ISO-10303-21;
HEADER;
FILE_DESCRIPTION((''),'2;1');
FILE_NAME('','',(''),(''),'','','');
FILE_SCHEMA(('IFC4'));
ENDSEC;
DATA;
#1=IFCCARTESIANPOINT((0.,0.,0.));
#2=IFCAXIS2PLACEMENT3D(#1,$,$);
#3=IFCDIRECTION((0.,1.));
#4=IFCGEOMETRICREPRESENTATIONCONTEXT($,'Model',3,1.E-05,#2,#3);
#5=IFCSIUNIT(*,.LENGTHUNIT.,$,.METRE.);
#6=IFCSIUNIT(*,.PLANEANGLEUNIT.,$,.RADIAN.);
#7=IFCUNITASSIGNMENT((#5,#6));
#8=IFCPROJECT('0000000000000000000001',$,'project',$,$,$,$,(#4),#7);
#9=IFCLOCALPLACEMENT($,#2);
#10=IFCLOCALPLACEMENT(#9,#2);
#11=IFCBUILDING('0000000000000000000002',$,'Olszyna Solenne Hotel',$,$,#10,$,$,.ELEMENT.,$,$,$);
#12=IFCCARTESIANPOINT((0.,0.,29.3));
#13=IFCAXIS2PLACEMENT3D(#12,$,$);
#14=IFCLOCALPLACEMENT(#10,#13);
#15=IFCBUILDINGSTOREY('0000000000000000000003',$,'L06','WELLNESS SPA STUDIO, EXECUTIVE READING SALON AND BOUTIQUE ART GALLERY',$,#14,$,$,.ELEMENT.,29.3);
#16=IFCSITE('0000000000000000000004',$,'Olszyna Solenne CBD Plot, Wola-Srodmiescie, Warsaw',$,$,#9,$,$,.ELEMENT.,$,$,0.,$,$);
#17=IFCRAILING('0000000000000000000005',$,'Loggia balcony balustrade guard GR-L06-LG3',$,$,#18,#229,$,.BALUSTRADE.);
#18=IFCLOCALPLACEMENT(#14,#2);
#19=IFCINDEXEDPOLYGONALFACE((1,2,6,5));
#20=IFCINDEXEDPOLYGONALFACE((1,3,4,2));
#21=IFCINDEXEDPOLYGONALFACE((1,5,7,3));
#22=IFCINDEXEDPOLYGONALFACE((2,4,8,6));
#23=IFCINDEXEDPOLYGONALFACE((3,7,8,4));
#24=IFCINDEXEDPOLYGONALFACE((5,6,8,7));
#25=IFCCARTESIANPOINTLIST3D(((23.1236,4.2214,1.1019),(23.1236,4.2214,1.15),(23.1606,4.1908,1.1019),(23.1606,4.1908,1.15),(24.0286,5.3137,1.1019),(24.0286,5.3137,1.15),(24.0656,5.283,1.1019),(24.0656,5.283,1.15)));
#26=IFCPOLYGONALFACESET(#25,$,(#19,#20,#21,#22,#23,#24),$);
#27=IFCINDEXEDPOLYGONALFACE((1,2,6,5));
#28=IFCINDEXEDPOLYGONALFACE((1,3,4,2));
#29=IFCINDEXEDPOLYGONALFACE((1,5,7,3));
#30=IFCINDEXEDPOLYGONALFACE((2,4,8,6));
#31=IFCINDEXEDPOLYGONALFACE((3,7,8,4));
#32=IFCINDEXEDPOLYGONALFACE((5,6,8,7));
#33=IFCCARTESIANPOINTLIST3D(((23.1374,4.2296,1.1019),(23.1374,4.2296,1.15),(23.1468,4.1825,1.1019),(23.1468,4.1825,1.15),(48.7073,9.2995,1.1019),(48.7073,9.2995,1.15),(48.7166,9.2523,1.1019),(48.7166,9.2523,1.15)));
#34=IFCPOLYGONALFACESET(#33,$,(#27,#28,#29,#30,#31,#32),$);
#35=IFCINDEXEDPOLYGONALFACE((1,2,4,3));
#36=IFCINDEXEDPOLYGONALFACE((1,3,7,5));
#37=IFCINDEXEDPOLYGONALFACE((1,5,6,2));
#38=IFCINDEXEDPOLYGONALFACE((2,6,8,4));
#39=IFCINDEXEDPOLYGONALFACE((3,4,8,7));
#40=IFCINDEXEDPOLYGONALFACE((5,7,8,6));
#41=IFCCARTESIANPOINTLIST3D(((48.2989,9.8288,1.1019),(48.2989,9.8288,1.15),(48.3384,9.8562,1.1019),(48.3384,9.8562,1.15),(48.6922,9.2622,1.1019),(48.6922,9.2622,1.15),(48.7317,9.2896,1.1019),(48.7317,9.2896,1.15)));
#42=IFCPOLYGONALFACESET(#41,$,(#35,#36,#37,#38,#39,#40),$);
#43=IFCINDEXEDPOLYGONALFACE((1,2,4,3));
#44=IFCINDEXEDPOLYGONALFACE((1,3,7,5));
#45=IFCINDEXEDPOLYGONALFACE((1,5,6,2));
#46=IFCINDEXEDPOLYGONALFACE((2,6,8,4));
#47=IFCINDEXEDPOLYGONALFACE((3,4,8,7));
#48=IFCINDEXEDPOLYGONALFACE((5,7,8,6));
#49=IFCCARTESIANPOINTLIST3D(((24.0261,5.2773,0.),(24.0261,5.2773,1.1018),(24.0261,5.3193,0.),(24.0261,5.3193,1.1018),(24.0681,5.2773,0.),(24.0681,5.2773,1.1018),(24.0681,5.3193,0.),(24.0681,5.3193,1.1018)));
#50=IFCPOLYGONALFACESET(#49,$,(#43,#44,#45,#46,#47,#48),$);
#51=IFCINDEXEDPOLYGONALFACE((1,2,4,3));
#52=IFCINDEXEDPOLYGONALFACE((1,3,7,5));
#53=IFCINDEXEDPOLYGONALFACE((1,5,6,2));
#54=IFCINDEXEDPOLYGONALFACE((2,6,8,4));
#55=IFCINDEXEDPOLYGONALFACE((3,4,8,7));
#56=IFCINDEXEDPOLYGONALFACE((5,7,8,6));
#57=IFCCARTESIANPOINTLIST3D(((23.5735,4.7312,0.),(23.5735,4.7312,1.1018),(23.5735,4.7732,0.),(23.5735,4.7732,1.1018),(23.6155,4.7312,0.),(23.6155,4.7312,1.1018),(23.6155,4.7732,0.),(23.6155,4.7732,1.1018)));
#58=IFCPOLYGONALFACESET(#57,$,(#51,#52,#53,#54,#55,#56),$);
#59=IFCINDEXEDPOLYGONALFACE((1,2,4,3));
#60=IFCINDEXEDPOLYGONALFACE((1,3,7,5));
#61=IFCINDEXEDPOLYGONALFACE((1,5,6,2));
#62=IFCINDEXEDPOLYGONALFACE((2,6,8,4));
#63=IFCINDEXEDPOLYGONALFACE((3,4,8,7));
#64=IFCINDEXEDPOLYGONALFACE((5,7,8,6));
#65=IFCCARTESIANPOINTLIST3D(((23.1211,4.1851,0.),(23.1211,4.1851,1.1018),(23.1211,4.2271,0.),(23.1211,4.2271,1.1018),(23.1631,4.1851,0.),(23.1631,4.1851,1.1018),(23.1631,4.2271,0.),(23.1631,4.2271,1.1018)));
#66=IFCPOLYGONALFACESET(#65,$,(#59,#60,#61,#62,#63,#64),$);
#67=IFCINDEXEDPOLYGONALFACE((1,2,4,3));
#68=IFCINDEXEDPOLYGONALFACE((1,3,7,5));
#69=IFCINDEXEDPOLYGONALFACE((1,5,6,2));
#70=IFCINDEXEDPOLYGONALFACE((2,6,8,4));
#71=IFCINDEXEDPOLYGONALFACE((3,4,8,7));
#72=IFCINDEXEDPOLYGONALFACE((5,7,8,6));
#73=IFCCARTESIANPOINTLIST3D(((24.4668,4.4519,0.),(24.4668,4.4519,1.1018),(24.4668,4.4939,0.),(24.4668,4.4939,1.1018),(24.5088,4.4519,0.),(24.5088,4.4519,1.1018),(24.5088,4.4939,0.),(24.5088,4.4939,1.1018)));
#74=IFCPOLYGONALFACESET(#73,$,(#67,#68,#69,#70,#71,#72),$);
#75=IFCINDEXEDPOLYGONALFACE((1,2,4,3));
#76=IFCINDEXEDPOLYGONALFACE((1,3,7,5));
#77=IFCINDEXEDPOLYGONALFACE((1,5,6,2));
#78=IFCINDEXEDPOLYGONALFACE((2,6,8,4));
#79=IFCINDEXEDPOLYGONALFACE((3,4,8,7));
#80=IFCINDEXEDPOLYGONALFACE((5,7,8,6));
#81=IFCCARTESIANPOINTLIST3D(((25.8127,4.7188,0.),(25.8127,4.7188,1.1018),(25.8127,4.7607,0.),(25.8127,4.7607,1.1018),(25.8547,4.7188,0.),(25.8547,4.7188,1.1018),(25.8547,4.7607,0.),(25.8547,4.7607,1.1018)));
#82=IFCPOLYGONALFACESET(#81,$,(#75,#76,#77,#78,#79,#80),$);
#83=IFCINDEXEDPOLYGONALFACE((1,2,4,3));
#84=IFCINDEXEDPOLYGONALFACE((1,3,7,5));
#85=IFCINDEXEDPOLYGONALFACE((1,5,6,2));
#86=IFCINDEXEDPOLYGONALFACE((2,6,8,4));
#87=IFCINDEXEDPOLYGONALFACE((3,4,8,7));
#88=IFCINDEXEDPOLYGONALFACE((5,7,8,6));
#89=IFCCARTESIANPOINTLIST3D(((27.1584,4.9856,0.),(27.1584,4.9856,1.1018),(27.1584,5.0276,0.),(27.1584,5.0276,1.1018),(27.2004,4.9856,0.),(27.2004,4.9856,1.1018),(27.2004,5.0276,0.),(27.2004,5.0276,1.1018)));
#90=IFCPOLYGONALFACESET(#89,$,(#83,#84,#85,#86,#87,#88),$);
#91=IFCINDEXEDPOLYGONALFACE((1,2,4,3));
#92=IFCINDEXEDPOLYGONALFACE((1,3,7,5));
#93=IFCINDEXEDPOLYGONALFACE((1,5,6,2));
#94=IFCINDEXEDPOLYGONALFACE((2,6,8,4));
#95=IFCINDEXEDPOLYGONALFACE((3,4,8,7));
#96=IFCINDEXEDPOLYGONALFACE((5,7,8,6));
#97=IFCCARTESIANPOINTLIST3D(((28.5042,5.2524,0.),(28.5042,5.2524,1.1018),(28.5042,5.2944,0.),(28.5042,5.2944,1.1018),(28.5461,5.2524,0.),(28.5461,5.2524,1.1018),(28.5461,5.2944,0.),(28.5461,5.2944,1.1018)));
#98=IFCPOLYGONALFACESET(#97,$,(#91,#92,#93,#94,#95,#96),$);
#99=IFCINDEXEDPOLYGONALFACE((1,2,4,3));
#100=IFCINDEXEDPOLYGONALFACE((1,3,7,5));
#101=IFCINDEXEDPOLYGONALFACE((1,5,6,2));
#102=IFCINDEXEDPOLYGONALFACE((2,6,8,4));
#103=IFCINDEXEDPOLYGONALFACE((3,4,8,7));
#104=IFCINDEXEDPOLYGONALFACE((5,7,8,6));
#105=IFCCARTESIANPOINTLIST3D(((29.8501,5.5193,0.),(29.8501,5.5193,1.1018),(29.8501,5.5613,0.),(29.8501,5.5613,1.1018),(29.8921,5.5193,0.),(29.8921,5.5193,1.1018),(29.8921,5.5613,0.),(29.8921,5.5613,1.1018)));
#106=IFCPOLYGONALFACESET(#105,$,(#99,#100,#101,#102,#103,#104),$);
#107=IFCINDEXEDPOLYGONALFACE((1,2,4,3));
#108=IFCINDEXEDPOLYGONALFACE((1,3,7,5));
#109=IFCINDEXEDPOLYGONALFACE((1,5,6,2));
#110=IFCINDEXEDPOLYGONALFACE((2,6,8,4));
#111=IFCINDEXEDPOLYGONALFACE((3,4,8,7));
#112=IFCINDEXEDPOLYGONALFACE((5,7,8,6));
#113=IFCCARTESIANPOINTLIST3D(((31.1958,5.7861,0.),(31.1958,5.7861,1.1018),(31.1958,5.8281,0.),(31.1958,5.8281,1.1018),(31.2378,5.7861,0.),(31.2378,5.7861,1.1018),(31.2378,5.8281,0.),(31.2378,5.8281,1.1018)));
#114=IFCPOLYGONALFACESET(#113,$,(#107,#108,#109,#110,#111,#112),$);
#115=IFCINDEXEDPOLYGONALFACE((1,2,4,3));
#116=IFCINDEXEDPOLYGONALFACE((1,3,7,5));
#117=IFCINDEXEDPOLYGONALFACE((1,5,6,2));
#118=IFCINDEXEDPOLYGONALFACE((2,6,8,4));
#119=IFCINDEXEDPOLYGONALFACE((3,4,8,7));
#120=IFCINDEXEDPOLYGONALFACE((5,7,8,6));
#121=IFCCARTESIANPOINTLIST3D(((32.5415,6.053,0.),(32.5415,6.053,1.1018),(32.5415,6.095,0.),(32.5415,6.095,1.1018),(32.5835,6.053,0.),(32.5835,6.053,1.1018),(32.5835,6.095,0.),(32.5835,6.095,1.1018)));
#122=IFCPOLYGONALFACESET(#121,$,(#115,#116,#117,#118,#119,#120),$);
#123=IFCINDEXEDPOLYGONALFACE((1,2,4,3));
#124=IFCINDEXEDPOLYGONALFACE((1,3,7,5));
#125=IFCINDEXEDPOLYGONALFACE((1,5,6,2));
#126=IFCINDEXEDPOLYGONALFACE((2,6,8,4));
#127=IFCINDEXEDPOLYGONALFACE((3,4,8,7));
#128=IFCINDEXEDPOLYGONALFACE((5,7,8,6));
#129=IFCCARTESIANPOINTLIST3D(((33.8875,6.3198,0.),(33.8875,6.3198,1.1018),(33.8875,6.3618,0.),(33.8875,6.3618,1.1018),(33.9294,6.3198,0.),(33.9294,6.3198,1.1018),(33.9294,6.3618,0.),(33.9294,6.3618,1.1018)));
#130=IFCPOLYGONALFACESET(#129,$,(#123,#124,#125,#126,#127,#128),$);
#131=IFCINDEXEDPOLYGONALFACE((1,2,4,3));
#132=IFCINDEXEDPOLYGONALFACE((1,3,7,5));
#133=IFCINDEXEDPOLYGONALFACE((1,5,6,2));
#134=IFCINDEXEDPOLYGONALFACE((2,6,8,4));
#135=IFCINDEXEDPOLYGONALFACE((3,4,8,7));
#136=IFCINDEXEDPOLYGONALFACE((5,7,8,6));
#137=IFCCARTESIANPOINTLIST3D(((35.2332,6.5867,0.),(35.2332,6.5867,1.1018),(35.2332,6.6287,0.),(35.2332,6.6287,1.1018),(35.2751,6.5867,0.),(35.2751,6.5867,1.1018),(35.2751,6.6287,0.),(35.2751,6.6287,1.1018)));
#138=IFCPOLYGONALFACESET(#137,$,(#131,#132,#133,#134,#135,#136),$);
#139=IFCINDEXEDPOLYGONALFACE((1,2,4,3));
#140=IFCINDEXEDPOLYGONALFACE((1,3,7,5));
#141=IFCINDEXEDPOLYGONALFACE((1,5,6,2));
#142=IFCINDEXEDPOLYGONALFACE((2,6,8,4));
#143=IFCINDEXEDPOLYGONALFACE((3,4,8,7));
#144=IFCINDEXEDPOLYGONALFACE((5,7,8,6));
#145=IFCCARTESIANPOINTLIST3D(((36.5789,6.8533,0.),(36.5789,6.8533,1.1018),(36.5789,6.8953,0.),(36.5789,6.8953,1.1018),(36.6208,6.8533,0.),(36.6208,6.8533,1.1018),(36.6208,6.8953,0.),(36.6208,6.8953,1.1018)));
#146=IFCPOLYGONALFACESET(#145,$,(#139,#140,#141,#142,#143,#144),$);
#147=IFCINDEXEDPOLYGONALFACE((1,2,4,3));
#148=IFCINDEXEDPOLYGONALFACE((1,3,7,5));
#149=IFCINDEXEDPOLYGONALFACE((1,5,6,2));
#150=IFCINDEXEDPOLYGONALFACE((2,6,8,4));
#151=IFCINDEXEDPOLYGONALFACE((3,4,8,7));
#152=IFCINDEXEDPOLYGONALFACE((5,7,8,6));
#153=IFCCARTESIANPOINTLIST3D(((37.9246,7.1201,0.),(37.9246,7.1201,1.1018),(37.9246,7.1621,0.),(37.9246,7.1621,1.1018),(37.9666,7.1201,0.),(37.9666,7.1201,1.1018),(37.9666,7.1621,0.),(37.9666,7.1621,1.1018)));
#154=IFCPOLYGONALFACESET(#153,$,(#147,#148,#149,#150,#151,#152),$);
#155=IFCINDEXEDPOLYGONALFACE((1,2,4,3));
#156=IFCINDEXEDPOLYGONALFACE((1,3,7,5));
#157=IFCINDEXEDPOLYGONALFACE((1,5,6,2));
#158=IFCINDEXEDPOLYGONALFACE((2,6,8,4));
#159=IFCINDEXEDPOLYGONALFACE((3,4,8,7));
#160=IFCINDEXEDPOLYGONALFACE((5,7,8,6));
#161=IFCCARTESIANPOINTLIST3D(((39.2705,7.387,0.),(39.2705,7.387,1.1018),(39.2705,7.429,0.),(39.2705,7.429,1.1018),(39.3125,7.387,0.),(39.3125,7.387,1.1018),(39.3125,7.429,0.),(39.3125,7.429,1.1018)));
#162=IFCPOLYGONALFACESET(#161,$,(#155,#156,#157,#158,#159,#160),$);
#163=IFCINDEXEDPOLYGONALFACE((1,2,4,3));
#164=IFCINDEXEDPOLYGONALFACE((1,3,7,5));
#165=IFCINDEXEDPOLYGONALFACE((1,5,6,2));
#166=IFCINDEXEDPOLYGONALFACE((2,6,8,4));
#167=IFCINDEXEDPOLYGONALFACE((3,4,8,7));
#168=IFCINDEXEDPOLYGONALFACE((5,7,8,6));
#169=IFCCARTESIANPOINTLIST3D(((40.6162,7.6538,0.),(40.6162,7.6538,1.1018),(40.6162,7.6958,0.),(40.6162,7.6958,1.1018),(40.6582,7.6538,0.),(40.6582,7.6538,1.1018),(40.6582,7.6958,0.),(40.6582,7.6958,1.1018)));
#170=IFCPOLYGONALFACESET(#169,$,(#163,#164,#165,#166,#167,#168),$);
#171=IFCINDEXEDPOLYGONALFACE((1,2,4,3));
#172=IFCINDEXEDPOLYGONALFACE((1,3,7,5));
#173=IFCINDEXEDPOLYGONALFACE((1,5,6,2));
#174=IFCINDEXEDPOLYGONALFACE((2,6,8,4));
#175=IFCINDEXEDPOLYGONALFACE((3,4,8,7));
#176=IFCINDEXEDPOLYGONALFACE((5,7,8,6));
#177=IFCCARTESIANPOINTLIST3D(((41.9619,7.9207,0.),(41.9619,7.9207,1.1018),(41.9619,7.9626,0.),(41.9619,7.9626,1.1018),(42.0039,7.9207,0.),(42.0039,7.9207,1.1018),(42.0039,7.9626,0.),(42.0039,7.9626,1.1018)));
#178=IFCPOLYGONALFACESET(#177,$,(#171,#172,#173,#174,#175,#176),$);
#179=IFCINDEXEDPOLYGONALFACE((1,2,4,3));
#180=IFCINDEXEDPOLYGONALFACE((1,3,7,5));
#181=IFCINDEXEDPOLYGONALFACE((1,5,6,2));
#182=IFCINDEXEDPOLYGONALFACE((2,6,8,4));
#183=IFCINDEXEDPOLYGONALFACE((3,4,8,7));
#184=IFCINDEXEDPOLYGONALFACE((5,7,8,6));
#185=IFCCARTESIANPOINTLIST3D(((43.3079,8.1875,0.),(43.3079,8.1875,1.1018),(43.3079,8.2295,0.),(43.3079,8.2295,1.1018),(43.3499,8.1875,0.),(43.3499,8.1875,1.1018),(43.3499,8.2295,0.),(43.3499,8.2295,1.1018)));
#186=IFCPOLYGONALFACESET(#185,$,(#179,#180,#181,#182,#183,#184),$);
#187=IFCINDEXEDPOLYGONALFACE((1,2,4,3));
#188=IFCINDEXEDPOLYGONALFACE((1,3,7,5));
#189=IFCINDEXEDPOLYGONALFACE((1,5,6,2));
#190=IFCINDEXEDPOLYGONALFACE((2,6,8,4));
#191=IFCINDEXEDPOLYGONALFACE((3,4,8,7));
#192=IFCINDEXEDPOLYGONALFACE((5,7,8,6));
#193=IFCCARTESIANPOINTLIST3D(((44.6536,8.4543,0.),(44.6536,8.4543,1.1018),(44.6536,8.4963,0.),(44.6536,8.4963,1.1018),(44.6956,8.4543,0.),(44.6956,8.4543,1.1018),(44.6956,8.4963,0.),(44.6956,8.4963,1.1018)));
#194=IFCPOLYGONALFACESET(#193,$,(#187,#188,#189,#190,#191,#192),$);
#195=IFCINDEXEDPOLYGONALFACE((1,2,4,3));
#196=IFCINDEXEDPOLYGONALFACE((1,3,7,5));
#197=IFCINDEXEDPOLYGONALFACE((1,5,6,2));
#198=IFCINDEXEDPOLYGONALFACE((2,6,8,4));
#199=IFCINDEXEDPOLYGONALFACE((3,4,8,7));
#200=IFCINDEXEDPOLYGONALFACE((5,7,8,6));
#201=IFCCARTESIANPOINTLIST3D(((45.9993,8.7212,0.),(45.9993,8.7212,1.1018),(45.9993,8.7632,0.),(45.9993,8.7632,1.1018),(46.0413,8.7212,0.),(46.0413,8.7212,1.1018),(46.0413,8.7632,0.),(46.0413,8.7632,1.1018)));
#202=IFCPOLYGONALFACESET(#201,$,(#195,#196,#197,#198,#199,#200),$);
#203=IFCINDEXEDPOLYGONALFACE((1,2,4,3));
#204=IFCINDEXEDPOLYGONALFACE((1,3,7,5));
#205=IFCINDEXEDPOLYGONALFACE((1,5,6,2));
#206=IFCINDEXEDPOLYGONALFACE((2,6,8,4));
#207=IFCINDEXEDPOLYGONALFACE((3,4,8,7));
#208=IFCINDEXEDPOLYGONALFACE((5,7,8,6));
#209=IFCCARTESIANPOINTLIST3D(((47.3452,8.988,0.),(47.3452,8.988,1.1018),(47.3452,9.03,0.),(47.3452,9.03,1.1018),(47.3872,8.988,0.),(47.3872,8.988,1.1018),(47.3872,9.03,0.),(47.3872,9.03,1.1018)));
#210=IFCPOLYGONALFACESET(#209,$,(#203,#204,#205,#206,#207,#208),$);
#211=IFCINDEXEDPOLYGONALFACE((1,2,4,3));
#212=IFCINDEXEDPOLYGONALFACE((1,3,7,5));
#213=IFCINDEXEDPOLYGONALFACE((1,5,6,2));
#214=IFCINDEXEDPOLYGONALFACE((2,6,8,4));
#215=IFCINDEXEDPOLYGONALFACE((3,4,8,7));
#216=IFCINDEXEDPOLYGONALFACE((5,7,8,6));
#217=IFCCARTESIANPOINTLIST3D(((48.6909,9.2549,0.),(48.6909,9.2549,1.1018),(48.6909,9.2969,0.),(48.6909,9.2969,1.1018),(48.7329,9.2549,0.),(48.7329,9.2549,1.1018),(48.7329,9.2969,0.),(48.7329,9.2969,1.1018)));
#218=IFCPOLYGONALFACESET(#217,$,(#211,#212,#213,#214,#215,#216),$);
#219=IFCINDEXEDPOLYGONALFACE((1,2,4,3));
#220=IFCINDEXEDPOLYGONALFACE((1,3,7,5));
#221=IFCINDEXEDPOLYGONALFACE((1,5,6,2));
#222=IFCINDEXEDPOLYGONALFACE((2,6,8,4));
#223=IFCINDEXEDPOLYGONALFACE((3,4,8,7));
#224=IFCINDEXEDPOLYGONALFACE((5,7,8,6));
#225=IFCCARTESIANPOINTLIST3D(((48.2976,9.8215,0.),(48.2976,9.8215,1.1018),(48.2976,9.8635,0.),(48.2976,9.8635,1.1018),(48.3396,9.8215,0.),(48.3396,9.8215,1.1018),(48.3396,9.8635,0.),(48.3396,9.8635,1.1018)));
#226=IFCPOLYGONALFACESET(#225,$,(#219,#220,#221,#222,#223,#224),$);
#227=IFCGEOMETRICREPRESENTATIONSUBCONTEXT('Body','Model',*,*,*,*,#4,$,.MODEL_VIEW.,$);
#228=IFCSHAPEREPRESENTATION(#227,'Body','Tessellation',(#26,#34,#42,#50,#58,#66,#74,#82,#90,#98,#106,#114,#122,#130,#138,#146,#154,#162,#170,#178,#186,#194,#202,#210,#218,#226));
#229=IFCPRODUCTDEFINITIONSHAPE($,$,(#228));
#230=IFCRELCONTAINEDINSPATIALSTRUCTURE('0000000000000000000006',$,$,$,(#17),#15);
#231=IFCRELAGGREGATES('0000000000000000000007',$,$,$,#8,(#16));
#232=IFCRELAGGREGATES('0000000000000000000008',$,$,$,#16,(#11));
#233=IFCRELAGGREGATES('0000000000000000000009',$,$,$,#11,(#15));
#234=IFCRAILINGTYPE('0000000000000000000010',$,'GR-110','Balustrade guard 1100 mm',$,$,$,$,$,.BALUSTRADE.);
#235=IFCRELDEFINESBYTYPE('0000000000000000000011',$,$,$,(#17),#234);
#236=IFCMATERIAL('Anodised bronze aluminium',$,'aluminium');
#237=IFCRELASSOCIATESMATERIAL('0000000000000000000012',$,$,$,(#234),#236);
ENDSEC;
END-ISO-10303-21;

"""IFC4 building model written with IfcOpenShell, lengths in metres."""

from ifc_helpers import new_model, si_unit, direction, frame, origin, origin_2d, place, context, subcontext, project, spatial, rectangle, extrude, material, type_object, element, save


model = new_model("IFC4")

# Units and contexts
model_context = context("Model", 3, precision=1e-05, world=origin(), true_north=direction((0.0, 1.0)))
body_context = subcontext(model_context, "Body", "Model", "MODEL_VIEW")
ifc_project = project(units=[si_unit("LENGTHUNIT", "METRE"), si_unit("PLANEANGLEUNIT", "RADIAN")], contexts=[model_context])

# Site, building, storey
site_placement = place(None, origin())
site = spatial("IfcSite", under=ifc_project, at=site_placement, Name="Olszyna Solenne CBD Plot, Wola-Srodmiescie, Warsaw", CompositionType="ELEMENT", RefElevation=0.0)
building_placement = place(site_placement, origin())
building = spatial("IfcBuilding", under=site, at=building_placement, Name="Olszyna Solenne Hotel", CompositionType="ELEMENT")
storey_placement = place(building_placement, frame((0.0, 0.0, 29.3)))
storey = spatial("IfcBuildingStorey", under=building, at=storey_placement, Name="L06", Description="WELLNESS SPA STUDIO, EXECUTIVE READING SALON AND BOUTIQUE ART GALLERY", CompositionType="ELEMENT", Elevation=29.3)

# Railing
ifc_material_1 = material(Name="Anodised bronze aluminium", Category="aluminium")
railing_type = type_object("IfcRailingType", Name="GR-110", Description="Balustrade guard 1100 mm", PredefinedType="BALUSTRADE", material=ifc_material_1)
railing_placement = place(storey_placement, frame((24.0471, 5.2983, 0.0)))
element("IfcRailing", 1, at=railing_placement, inside=storey, type_object=railing_type, Name="Loggia balcony balustrade guard GR-L06-LG3", PredefinedType="BALUSTRADE", context=body_context, shape_type="SweptSolid", body=[
    extrude(rectangle(XDim=0.0481, YDim=0.0481, at=origin_2d()), frame((0.0, 0.0, 1.126), z_axis=(-0.638015, -0.770024, 0.0), x_axis=(0.770024, -0.638015, 0.0)), (0.0, 0.0, 1.0), 1.4185),
    extrude(rectangle(XDim=0.0481, YDim=0.0481, at=origin_2d()), frame((-0.905, -1.0923, 1.126), z_axis=(0.980905, 0.194488, 0.0), x_axis=(-0.194488, 0.980905, 0.0)), (0.0, 0.0, 1.0), 26.0676),
    extrude(rectangle(XDim=0.0481, YDim=0.0481, at=origin_2d()), frame((24.6648, 3.9775, 1.126), z_axis=(-0.570203, 0.821504, 0.0), x_axis=(-0.821504, -0.570203, 0.0)), (0.0, 0.0, 1.0), 0.6897),
    extrude(rectangle(XDim=0.042, YDim=0.042, at=origin_2d()), origin(), (0.0, 0.0, 1.0), 1.1018),
    extrude(rectangle(XDim=0.042, YDim=0.042, at=origin_2d()), frame((-0.4526, -0.5461, 0.0)), (0.0, 0.0, 1.0), 1.1018),
    extrude(rectangle(XDim=0.042, YDim=0.042, at=origin_2d()), frame((-0.905, -1.0923, 0.0)), (0.0, 0.0, 1.0), 1.1018),
    extrude(rectangle(XDim=0.042, YDim=0.042, at=origin_2d()), frame((0.4407, -0.8254, 0.0)), (0.0, 0.0, 1.0), 1.1018),
    extrude(rectangle(XDim=0.042, YDim=0.042, at=origin_2d()), frame((1.7866, -0.5586, 0.0)), (0.0, 0.0, 1.0), 1.1018),
    extrude(rectangle(XDim=0.042, YDim=0.042, at=origin_2d()), frame((3.1323, -0.2917, 0.0)), (0.0, 0.0, 1.0), 1.1018),
    extrude(rectangle(XDim=0.042, YDim=0.042, at=origin_2d()), frame((4.478, -0.0249, 0.0)), (0.0, 0.0, 1.0), 1.1018),
    extrude(rectangle(XDim=0.042, YDim=0.042, at=origin_2d()), frame((5.824, 0.2419, 0.0)), (0.0, 0.0, 1.0), 1.1018),
    extrude(rectangle(XDim=0.042, YDim=0.042, at=origin_2d()), frame((7.1697, 0.5088, 0.0)), (0.0, 0.0, 1.0), 1.1018),
    extrude(rectangle(XDim=0.042, YDim=0.042, at=origin_2d()), frame((8.5154, 0.7756, 0.0)), (0.0, 0.0, 1.0), 1.1018),
    extrude(rectangle(XDim=0.042, YDim=0.042, at=origin_2d()), frame((9.8613, 1.0425, 0.0)), (0.0, 0.0, 1.0), 1.1018),
    extrude(rectangle(XDim=0.042, YDim=0.042, at=origin_2d()), frame((11.207, 1.3093, 0.0)), (0.0, 0.0, 1.0), 1.1018),
    extrude(rectangle(XDim=0.042, YDim=0.042, at=origin_2d()), frame((12.5527, 1.5759, 0.0)), (0.0, 0.0, 1.0), 1.1018),
    extrude(rectangle(XDim=0.042, YDim=0.042, at=origin_2d()), frame((13.8984, 1.8428, 0.0)), (0.0, 0.0, 1.0), 1.1018),
    extrude(rectangle(XDim=0.042, YDim=0.042, at=origin_2d()), frame((15.2444, 2.1096, 0.0)), (0.0, 0.0, 1.0), 1.1018),
    extrude(rectangle(XDim=0.042, YDim=0.042, at=origin_2d()), frame((16.5901, 2.3765, 0.0)), (0.0, 0.0, 1.0), 1.1018),
    extrude(rectangle(XDim=0.042, YDim=0.042, at=origin_2d()), frame((17.9358, 2.6433, 0.0)), (0.0, 0.0, 1.0), 1.1018),
    extrude(rectangle(XDim=0.042, YDim=0.042, at=origin_2d()), frame((19.2817, 2.9102, 0.0)), (0.0, 0.0, 1.0), 1.1018),
    extrude(rectangle(XDim=0.042, YDim=0.042, at=origin_2d()), frame((20.6274, 3.177, 0.0)), (0.0, 0.0, 1.0), 1.1018),
    extrude(rectangle(XDim=0.042, YDim=0.042, at=origin_2d()), frame((21.9731, 3.4438, 0.0)), (0.0, 0.0, 1.0), 1.1018),
    extrude(rectangle(XDim=0.042, YDim=0.042, at=origin_2d()), frame((23.3191, 3.7107, 0.0)), (0.0, 0.0, 1.0), 1.1018),
    extrude(rectangle(XDim=0.042, YDim=0.042, at=origin_2d()), frame((24.6648, 3.9775, 0.0)), (0.0, 0.0, 1.0), 1.1018),
    extrude(rectangle(XDim=0.042, YDim=0.042, at=origin_2d()), frame((24.2715, 4.5442, 0.0)), (0.0, 0.0, 1.0), 1.1018),
])

save(model, "model.ifc")
